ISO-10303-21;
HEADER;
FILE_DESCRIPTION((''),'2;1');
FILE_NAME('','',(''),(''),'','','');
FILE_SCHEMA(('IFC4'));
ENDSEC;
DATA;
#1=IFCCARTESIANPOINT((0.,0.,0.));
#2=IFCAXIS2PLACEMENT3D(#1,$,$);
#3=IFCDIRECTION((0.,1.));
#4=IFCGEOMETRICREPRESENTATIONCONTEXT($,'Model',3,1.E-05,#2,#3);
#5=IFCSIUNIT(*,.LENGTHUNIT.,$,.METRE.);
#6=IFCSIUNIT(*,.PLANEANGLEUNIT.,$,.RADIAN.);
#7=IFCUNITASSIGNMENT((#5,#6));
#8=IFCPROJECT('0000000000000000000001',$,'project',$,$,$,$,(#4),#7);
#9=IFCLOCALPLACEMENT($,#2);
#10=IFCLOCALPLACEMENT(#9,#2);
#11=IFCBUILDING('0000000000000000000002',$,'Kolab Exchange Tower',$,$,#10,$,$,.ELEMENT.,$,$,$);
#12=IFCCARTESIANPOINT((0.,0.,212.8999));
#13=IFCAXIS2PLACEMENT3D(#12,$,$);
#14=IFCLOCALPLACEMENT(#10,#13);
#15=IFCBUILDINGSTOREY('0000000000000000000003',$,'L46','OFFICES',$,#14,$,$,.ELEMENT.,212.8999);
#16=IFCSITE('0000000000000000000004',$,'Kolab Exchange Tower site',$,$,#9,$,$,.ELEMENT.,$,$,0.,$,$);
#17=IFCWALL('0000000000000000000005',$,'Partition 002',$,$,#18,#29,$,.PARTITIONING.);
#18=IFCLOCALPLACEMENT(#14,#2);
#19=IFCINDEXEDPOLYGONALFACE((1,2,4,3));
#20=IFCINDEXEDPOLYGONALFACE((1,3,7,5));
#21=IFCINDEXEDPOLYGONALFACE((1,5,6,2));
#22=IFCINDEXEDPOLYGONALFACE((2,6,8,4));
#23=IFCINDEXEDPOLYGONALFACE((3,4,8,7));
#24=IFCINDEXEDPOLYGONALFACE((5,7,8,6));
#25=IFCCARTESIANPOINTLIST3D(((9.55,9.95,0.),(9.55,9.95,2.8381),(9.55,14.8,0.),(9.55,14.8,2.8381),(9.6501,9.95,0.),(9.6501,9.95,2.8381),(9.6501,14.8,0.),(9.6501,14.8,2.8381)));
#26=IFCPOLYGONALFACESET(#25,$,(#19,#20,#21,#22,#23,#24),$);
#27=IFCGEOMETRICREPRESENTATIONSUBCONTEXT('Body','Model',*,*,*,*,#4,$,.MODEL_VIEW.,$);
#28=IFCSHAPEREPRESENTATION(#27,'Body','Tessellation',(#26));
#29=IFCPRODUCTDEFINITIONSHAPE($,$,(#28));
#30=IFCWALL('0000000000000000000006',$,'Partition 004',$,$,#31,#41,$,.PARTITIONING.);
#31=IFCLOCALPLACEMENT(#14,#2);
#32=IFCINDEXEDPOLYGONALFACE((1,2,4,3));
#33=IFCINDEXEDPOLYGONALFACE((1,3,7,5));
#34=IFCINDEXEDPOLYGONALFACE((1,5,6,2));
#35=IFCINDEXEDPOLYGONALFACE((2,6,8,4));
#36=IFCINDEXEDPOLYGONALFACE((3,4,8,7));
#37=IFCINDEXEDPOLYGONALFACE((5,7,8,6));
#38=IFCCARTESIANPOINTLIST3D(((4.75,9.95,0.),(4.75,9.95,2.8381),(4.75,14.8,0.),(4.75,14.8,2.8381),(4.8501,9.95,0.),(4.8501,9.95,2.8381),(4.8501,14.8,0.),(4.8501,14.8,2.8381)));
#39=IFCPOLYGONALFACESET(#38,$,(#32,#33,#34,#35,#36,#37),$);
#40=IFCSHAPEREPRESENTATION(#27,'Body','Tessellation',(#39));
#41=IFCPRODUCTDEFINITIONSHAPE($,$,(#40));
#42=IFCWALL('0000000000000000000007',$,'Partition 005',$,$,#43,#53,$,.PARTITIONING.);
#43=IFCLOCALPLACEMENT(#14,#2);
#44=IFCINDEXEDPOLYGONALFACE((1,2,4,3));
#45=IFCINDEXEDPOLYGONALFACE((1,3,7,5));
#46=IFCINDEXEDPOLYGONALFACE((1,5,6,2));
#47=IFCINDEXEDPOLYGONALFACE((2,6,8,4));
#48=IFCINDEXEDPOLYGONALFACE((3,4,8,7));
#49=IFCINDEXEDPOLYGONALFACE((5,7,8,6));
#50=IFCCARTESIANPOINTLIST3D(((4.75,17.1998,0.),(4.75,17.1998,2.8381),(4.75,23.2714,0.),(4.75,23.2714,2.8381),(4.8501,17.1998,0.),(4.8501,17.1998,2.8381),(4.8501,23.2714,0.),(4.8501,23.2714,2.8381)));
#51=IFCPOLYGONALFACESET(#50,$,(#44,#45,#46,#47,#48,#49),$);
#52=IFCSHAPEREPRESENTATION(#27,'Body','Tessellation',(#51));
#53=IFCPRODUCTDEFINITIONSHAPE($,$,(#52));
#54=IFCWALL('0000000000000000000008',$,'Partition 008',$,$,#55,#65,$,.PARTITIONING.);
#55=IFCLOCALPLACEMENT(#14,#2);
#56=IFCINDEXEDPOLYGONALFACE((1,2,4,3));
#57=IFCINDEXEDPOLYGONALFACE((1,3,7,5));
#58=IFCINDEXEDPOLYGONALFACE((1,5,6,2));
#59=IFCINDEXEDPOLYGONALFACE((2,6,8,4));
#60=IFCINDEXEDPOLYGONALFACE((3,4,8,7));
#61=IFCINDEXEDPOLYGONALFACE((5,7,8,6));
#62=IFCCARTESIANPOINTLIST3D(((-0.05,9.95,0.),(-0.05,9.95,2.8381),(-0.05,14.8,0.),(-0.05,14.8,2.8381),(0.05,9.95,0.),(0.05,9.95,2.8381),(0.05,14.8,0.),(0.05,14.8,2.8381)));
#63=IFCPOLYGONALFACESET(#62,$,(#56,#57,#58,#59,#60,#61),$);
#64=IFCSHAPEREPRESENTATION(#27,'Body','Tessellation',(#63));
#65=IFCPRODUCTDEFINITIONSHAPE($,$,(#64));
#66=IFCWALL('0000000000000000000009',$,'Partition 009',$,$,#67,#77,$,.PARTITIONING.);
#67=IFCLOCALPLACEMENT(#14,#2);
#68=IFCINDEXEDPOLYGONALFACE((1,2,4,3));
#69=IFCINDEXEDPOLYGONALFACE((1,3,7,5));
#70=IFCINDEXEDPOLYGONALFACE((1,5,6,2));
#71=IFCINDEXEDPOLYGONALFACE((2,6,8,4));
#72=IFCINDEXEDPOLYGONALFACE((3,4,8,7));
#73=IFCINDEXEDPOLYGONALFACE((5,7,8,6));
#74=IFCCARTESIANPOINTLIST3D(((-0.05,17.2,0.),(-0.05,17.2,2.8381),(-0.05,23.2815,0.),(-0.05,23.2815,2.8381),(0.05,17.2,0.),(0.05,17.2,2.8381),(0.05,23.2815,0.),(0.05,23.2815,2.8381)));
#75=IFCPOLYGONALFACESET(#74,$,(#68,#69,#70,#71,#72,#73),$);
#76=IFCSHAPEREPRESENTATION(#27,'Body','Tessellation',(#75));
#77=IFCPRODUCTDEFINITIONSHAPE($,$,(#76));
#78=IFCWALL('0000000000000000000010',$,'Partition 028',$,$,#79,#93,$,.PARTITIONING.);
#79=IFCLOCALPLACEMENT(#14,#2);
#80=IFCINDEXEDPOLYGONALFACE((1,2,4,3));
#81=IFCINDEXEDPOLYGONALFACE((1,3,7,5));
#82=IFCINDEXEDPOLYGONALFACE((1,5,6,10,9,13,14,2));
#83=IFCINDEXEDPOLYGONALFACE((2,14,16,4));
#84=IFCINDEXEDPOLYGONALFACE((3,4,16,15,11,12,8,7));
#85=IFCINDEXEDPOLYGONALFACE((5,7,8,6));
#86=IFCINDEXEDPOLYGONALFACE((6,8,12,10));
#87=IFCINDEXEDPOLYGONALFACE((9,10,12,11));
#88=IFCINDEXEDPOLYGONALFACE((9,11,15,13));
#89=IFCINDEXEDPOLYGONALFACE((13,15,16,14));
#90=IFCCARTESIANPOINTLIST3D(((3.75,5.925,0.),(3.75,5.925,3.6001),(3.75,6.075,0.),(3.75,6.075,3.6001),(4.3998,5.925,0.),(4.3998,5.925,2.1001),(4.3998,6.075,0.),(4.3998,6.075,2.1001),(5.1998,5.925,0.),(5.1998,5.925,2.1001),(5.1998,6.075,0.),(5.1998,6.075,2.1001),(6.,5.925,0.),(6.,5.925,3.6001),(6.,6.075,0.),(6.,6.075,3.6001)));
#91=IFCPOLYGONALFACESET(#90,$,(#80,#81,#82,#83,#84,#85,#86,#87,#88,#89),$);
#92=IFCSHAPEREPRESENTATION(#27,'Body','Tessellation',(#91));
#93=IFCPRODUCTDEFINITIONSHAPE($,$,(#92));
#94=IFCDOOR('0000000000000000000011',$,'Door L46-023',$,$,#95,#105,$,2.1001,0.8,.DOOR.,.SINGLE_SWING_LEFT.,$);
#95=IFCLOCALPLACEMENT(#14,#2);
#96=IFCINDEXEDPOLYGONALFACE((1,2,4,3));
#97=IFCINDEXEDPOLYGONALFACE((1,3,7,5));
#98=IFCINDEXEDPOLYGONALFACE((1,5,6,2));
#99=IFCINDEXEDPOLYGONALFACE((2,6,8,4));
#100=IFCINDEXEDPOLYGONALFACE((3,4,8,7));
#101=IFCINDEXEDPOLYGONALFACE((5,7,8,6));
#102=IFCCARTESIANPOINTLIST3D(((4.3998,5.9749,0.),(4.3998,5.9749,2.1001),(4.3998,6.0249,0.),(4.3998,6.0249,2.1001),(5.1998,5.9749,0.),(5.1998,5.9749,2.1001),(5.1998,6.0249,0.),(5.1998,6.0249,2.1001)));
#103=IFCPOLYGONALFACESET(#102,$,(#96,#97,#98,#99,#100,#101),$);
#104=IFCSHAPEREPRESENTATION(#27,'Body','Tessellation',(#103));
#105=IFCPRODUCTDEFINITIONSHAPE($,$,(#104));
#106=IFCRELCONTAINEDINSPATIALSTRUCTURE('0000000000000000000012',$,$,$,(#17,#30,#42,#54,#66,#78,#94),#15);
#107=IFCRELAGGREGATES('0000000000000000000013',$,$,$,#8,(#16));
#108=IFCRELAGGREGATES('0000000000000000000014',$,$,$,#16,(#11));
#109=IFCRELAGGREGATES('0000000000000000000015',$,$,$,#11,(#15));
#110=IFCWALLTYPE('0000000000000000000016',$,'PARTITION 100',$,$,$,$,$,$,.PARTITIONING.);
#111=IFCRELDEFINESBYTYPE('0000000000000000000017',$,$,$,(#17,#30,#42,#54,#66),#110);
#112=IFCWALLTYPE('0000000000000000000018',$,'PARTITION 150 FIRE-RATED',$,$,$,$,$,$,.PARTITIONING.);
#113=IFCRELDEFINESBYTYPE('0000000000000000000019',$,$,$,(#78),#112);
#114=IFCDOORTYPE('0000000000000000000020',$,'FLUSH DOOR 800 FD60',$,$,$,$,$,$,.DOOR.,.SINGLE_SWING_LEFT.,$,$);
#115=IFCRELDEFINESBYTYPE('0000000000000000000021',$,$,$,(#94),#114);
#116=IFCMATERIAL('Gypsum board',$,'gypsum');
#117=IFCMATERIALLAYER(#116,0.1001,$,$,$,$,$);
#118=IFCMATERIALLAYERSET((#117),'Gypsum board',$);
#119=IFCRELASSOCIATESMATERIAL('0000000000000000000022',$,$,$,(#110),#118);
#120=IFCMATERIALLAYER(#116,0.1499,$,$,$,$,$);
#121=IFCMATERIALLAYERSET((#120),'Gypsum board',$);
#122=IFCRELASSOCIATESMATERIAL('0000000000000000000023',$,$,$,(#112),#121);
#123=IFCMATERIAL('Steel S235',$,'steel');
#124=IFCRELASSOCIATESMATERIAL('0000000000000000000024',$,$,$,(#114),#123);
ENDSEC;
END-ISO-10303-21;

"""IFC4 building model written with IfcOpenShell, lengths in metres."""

from ifc_helpers import new_model, si_unit, direction, frame, frame_2d, origin, place, context, subcontext, project, spatial, rectangle, extrude, material, layer, layer_set, type_object, element, fill, save


model = new_model("IFC4")

# Units and contexts
model_context = context("Model", 3, precision=1e-05, world=origin(), true_north=direction((0.0, 1.0)))
body_context = subcontext(model_context, "Body", "Model", "MODEL_VIEW")
ifc_project = project(units=[si_unit("LENGTHUNIT", "METRE"), si_unit("PLANEANGLEUNIT", "RADIAN")], contexts=[model_context])

# Site, building, storey
site_placement = place(None, origin())
site = spatial("IfcSite", under=ifc_project, at=site_placement, Name="Kolab Exchange Tower site", CompositionType="ELEMENT", RefElevation=0.0)
building_placement = place(site_placement, origin())
building = spatial("IfcBuilding", under=site, at=building_placement, Name="Kolab Exchange Tower", CompositionType="ELEMENT")
storey_placement = place(building_placement, frame((0.0, 0.0, 212.8999)))
storey = spatial("IfcBuildingStorey", under=building, at=storey_placement, Name="L46", Description="OFFICES", CompositionType="ELEMENT", Elevation=212.8999)

# Walls
ifc_material_1 = material(Name="Gypsum board", Category="gypsum")
ifc_layer_1 = layer(ifc_material_1, 0.1001)
ifc_layer_set_1 = layer_set([ifc_layer_1], Name="Gypsum board")
wall_type_1 = type_object("IfcWallType", Name="PARTITION 100", PredefinedType="PARTITIONING", material=ifc_layer_set_1)
for number, where, z_axis, x_axis, name in (
    (1, (9.6001, 9.95, 0.0), (0.0, 0.0, 1.0), (0.0, 1.0, 0.0), "Partition 002"),
    (2, (4.8, 9.95, 0.0), (0.0, 0.0, 1.0), (0.0, 1.0, 0.0), "Partition 004"),
):
    element("IfcWall", number, at=place(storey_placement, frame(where, z_axis=z_axis, x_axis=x_axis)), inside=storey, type_object=wall_type_1, Name=name, PredefinedType="PARTITIONING", context=body_context, shape_type="SweptSolid", body=[
        extrude(rectangle(XDim=4.8501, YDim=0.1001, at=frame_2d((2.425, 0.0))), origin(), (0.0, 0.0, 1.0), 2.8381),
    ])
wall_1_placement = place(storey_placement, frame((4.8, 17.2, 0.0), z_axis=(0.0, 0.0, 1.0), x_axis=(0.0, 1.0, 0.0)))
element("IfcWall", 3, at=wall_1_placement, inside=storey, type_object=wall_type_1, Name="Partition 005", PredefinedType="PARTITIONING", context=body_context, shape_type="SweptSolid", body=[
    extrude(rectangle(XDim=6.0715, YDim=0.1001, at=frame_2d((3.0356, 0.0))), origin(), (0.0, 0.0, 1.0), 2.8381),
])
wall_2_placement = place(storey_placement, frame((0.0, 9.95, 0.0), z_axis=(0.0, 0.0, 1.0), x_axis=(0.0, 1.0, 0.0)))
element("IfcWall", 4, at=wall_2_placement, inside=storey, type_object=wall_type_1, Name="Partition 008", PredefinedType="PARTITIONING", context=body_context, shape_type="SweptSolid", body=[
    extrude(rectangle(XDim=4.8501, YDim=0.1001, at=frame_2d((2.425, 0.0))), origin(), (0.0, 0.0, 1.0), 2.8381),
])
wall_3_placement = place(storey_placement, frame((0.0, 17.2, 0.0), z_axis=(0.0, 0.0, 1.0), x_axis=(0.0, 1.0, 0.0)))
element("IfcWall", 5, at=wall_3_placement, inside=storey, type_object=wall_type_1, Name="Partition 009", PredefinedType="PARTITIONING", context=body_context, shape_type="SweptSolid", body=[
    extrude(rectangle(XDim=6.0815, YDim=0.1001, at=frame_2d((3.0408, 0.0))), origin(), (0.0, 0.0, 1.0), 2.8381),
])

# Wall, opening, door
ifc_layer_2 = layer(ifc_material_1, 0.1499)
ifc_layer_set_2 = layer_set([ifc_layer_2], Name="Gypsum board")
wall_type_2 = type_object("IfcWallType", Name="PARTITION 150 FIRE-RATED", PredefinedType="PARTITIONING", material=ifc_layer_set_2)
wall_4_placement = place(storey_placement, frame((3.75, 6.0, 0.0), z_axis=(0.0, 0.0, 1.0), x_axis=(1.0, 0.0, 0.0)))
wall_4 = element("IfcWall", 6, at=wall_4_placement, inside=storey, type_object=wall_type_2, Name="Partition 028", PredefinedType="PARTITIONING", context=body_context, shape_type="SweptSolid", body=[
    extrude(rectangle(XDim=2.25, YDim=0.1499, at=frame_2d((1.125, 0.0))), origin(), (0.0, 0.0, 1.0), 3.6001),
])
opening_1_placement = place(wall_4_placement, frame((0.6499, 0.0, 0.0)))
opening_1 = element("IfcOpeningElement", 7, at=opening_1_placement, cuts=wall_4, PredefinedType="OPENING", context=body_context, shape_type="SweptSolid", body=[
    extrude(rectangle(XDim=0.8, YDim=2.1001, at=frame_2d((0.3999, 1.05))), frame((0.0, 0.085, 0.0), z_axis=(0.0, -1.0, 0.0), x_axis=(1.0, 0.0, 0.0)), (0.0, 0.0, 1.0), 0.1699),
])
ifc_material_2 = material(Name="Steel S235", Category="steel")
door_type_1 = type_object("IfcDoorType", Name="FLUSH DOOR 800 FD60", OperationType="SINGLE_SWING_LEFT", PredefinedType="DOOR", material=ifc_material_2)
door_1_placement = place(opening_1_placement, origin())
door_1 = element("IfcDoor", 8, at=door_1_placement, inside=storey, type_object=door_type_1, Name="Door L46-023", OperationType="SINGLE_SWING_LEFT", OverallHeight=2.1001, OverallWidth=0.8, PredefinedType="DOOR", context=body_context, shape_type="SweptSolid", body=[
    extrude(rectangle(XDim=0.8, YDim=2.1001, at=frame_2d((0.3999, 1.05))), frame((0.0, 0.0249, 0.0), z_axis=(0.0, -1.0, 0.0), x_axis=(1.0, 0.0, 0.0)), (0.0, 0.0, 1.0), 0.05),
])
fill(opening_1, door_1)

save(model, "model.ifc")
